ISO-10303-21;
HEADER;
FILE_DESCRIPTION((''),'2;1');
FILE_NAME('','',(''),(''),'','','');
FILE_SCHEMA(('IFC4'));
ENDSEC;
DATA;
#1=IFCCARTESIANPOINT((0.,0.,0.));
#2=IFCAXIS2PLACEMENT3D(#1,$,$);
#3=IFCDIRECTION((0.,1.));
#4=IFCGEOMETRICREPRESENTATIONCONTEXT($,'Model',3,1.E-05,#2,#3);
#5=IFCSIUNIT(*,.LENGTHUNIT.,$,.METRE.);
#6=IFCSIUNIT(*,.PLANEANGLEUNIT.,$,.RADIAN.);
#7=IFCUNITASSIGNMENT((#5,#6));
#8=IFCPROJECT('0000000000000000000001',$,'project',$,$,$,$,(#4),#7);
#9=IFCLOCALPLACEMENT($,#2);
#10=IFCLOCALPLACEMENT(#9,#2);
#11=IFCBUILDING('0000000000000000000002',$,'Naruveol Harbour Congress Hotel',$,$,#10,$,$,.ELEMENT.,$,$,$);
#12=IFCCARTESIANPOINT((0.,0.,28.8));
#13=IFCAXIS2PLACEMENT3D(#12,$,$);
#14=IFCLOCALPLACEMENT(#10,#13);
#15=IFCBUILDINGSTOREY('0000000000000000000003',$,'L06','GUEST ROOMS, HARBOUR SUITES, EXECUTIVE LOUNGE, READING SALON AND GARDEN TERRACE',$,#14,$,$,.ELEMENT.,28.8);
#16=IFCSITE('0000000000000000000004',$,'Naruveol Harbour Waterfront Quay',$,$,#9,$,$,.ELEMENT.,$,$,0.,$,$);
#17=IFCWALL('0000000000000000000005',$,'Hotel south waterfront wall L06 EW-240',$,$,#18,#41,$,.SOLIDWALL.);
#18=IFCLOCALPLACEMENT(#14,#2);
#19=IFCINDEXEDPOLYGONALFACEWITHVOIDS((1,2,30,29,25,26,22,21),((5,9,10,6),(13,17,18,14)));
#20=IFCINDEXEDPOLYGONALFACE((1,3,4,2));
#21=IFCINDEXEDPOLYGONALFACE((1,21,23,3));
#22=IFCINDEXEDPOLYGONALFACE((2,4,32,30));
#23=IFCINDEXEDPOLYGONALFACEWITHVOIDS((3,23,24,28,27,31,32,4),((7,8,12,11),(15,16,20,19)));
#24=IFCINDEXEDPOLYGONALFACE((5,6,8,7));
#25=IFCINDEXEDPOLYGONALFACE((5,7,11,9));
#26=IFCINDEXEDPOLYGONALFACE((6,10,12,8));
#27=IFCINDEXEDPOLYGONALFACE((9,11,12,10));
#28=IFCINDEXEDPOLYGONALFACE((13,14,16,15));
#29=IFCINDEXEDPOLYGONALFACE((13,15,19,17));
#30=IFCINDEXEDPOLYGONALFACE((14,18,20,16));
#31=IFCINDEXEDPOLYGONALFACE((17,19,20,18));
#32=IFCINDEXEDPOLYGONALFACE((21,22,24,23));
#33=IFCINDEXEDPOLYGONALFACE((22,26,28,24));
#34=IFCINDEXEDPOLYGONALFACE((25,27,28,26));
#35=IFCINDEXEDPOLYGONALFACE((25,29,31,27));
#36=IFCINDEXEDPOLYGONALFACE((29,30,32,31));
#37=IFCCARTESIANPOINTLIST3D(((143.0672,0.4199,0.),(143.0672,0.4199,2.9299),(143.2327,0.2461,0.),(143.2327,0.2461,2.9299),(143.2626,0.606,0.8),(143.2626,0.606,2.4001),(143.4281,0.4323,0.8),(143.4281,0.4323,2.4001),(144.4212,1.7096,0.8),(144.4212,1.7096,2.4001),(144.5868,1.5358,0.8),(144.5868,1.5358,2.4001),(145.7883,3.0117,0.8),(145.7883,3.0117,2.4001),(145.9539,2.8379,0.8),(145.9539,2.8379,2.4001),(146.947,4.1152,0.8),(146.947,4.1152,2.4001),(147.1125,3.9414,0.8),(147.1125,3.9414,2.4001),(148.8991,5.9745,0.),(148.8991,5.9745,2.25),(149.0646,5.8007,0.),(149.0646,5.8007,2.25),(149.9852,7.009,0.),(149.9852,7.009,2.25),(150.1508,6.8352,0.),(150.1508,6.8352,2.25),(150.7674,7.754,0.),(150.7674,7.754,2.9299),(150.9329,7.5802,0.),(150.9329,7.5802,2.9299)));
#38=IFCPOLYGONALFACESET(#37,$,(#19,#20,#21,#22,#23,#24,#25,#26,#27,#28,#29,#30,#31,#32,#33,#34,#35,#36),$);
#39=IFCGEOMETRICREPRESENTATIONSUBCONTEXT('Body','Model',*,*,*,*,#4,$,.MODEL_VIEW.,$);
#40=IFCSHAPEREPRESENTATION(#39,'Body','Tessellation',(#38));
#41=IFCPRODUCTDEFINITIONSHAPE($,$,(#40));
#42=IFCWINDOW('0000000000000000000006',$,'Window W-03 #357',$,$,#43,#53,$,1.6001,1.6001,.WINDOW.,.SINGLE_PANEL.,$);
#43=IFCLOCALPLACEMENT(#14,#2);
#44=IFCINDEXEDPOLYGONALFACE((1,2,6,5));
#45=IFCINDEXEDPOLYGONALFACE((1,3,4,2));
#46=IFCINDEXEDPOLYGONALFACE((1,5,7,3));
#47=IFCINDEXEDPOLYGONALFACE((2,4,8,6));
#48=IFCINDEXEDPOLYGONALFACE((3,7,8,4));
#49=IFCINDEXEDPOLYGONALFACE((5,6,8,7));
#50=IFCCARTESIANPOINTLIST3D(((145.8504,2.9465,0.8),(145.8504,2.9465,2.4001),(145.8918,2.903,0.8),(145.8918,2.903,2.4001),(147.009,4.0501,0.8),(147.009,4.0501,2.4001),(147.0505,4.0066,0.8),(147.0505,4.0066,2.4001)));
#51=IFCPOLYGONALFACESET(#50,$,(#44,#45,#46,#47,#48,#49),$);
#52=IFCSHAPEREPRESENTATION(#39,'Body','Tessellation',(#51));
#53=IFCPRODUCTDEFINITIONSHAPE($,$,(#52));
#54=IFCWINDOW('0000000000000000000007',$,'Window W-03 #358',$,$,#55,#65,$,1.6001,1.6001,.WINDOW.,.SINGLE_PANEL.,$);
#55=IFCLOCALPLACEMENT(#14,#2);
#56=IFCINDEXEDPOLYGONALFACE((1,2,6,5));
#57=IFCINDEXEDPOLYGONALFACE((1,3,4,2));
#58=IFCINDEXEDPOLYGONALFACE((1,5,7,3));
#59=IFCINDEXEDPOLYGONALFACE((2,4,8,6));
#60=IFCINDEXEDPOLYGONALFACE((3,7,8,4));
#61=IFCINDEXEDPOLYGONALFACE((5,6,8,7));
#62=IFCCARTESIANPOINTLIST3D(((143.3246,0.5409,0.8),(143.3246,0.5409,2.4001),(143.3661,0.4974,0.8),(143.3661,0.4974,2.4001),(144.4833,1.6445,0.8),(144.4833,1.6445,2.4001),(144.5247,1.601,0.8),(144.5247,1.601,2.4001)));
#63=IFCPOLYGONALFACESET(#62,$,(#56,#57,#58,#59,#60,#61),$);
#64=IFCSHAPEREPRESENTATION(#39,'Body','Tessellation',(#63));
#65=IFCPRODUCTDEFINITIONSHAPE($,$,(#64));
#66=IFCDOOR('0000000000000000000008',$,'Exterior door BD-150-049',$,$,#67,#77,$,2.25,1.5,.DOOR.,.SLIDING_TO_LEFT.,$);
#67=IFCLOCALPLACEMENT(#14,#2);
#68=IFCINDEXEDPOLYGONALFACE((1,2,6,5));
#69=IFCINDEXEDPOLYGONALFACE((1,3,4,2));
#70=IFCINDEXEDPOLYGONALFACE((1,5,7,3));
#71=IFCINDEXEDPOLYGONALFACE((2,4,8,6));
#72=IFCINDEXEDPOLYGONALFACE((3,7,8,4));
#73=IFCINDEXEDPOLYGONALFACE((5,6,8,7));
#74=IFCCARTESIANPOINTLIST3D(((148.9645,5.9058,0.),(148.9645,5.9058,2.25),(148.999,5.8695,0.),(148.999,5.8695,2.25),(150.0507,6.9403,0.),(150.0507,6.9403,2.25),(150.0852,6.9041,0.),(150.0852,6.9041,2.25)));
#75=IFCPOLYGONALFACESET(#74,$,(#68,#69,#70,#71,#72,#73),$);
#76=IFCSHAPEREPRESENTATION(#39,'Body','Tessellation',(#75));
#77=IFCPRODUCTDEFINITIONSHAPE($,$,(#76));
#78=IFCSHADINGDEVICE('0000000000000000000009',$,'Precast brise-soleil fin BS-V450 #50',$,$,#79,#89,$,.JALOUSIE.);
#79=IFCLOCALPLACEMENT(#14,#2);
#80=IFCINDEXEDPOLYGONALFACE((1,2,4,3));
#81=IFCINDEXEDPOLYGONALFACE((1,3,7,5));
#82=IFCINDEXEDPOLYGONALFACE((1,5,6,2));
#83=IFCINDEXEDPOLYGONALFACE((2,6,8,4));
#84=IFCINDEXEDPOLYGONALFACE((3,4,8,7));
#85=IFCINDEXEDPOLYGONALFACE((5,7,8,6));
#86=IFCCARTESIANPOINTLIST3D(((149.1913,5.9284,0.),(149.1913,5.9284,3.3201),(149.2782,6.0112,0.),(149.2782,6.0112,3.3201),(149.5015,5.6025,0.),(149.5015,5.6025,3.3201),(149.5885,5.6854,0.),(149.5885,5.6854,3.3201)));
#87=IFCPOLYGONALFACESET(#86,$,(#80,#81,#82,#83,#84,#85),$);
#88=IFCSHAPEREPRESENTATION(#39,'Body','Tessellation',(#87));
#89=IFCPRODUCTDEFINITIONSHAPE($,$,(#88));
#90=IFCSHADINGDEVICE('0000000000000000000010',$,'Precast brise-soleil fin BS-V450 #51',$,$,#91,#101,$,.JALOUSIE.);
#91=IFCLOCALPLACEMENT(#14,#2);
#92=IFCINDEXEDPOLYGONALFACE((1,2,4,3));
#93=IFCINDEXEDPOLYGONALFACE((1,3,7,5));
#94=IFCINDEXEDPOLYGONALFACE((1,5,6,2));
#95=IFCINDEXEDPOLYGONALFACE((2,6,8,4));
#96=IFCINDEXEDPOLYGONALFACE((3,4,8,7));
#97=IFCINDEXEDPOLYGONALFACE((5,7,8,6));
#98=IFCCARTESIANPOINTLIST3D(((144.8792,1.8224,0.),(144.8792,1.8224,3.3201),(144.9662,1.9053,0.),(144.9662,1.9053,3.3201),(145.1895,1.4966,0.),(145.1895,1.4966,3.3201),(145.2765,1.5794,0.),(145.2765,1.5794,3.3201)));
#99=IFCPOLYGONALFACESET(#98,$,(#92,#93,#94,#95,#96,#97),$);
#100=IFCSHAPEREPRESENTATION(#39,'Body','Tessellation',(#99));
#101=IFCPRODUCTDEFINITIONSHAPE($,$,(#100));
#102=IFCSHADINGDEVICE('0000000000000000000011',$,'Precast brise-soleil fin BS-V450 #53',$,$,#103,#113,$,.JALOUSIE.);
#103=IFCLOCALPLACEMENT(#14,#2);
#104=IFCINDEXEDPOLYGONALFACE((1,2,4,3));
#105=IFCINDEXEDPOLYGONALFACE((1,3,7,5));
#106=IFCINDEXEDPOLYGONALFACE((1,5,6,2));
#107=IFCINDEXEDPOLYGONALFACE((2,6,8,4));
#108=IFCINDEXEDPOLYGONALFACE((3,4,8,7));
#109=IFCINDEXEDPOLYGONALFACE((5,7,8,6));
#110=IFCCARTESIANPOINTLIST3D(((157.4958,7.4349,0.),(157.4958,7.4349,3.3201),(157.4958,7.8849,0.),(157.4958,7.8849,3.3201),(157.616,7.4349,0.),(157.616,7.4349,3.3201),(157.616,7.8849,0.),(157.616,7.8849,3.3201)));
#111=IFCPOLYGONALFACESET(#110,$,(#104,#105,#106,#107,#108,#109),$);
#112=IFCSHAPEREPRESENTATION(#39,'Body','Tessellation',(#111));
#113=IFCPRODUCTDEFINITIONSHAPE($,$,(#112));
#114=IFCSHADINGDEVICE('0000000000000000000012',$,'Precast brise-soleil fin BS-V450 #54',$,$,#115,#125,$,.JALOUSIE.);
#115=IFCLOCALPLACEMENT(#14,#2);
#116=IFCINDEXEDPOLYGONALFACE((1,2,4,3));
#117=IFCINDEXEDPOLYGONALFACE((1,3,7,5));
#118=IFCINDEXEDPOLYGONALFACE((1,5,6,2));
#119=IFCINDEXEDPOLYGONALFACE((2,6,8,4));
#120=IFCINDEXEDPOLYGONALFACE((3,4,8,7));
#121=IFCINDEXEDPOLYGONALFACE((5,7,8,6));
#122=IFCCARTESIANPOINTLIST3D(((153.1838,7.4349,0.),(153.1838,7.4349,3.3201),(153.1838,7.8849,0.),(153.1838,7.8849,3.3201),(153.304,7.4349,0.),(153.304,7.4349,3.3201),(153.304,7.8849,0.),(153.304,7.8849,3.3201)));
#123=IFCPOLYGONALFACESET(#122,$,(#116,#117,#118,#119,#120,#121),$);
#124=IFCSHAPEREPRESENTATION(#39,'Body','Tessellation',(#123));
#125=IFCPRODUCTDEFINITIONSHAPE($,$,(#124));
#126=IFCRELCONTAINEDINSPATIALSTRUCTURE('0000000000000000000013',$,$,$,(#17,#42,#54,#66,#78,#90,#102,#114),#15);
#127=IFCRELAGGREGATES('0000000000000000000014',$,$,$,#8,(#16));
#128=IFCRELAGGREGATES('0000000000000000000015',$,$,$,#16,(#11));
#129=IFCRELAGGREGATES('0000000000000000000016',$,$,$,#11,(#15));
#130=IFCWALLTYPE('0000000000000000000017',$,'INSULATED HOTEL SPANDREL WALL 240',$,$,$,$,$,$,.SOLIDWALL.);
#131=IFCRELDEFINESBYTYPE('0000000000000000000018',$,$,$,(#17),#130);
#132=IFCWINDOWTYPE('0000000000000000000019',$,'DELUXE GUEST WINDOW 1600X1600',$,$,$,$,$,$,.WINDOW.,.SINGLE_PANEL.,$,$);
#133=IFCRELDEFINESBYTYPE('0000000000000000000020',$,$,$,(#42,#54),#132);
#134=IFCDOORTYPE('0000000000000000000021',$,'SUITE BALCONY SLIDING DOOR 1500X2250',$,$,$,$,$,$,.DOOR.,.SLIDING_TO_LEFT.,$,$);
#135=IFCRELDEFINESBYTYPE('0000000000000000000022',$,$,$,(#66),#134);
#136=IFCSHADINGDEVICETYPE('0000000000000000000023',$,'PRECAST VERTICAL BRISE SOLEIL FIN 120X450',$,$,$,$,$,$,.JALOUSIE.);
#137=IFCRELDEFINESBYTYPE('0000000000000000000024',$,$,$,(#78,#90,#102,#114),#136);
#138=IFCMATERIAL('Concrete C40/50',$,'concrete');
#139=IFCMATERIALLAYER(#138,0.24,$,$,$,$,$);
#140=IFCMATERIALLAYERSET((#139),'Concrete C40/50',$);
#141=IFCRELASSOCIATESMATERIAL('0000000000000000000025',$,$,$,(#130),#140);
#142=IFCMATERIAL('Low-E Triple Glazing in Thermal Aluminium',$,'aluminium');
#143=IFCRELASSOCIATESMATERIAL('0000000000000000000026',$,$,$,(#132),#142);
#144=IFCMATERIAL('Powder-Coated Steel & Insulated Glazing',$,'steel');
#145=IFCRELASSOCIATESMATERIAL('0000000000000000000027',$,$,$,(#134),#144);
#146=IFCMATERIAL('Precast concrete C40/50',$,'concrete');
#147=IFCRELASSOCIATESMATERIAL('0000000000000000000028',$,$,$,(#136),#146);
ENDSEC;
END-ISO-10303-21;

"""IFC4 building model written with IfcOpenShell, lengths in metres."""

from ifc_helpers import new_model, si_unit, direction, frame, frame_2d, origin, origin_2d, place, context, subcontext, project, spatial, rectangle, extrude, material, layer, layer_set, type_object, element, fill, save


model = new_model("IFC4")

# Units and contexts
model_context = context("Model", 3, precision=1e-05, world=origin(), true_north=direction((0.0, 1.0)))
body_context = subcontext(model_context, "Body", "Model", "MODEL_VIEW")
ifc_project = project(units=[si_unit("LENGTHUNIT", "METRE"), si_unit("PLANEANGLEUNIT", "RADIAN")], contexts=[model_context])

# Site, building, storey
site_placement = place(None, origin())
site = spatial("IfcSite", under=ifc_project, at=site_placement, Name="Naruveol Harbour Waterfront Quay", CompositionType="ELEMENT", RefElevation=0.0)
building_placement = place(site_placement, origin())
building = spatial("IfcBuilding", under=site, at=building_placement, Name="Naruveol Harbour Congress Hotel", CompositionType="ELEMENT")
storey_placement = place(building_placement, frame((0.0, 0.0, 28.8)))
storey = spatial("IfcBuildingStorey", under=building, at=storey_placement, Name="L06", Description="GUEST ROOMS, HARBOUR SUITES, EXECUTIVE LOUNGE, READING SALON AND GARDEN TERRACE", CompositionType="ELEMENT", Elevation=28.8)

# Wall, openings, windows, door
ifc_material_1 = material(Name="Concrete C40/50", Category="concrete")
ifc_layer_1 = layer(ifc_material_1, 0.24)
ifc_layer_set_1 = layer_set([ifc_layer_1], Name="Concrete C40/50")
wall_type_1 = type_object("IfcWallType", Name="INSULATED HOTEL SPANDREL WALL 240", PredefinedType="SOLIDWALL", material=ifc_layer_set_1)
wall_1_placement = place(storey_placement, frame((150.8501, 7.667, 0.0), z_axis=(0.0, 0.0, 1.0), x_axis=(-0.724116, -0.689678, 0.0)))
wall_1 = element("IfcWall", 1, at=wall_1_placement, inside=storey, type_object=wall_type_1, Name="Hotel south waterfront wall L06 EW-240", PredefinedType="SOLIDWALL", context=body_context, shape_type="SweptSolid", body=[
    extrude(rectangle(XDim=10.634, YDim=0.24, at=frame_2d((5.3169, 0.0))), origin(), (0.0, 0.0, 1.0), 2.9299),
])
opening_1_placement = place(wall_1_placement, frame((1.0801, 0.0, 0.0)))
opening_1 = element("IfcOpeningElement", 2, at=opening_1_placement, cuts=wall_1, PredefinedType="OPENING", context=body_context, shape_type="SweptSolid", body=[
    extrude(rectangle(XDim=1.5, YDim=2.25, at=frame_2d((0.75, 1.125))), frame((0.0, 0.1299, 0.0), z_axis=(0.0, -1.0, 0.0), x_axis=(1.0, 0.0, 0.0)), (0.0, 0.0, 1.0), 0.26),
])
opening_2_placement = place(wall_1_placement, frame((5.2759, 0.0, 0.8)))
opening_2 = element("IfcOpeningElement", 3, at=opening_2_placement, cuts=wall_1, PredefinedType="OPENING", context=body_context, shape_type="SweptSolid", body=[
    extrude(rectangle(XDim=1.6001, YDim=1.6001, at=frame_2d((0.8, 0.8))), frame((0.0, 0.1299, 0.0), z_axis=(0.0, -1.0, 0.0), x_axis=(1.0, 0.0, 0.0)), (0.0, 0.0, 1.0), 0.26),
])
opening_3_placement = place(wall_1_placement, frame((8.7639, 0.0, 0.8)))
opening_3 = element("IfcOpeningElement", 4, at=opening_3_placement, cuts=wall_1, PredefinedType="OPENING", context=body_context, shape_type="SweptSolid", body=[
    extrude(rectangle(XDim=1.6001, YDim=1.6001, at=frame_2d((0.8, 0.8))), frame((0.0, 0.1299, 0.0), z_axis=(0.0, -1.0, 0.0), x_axis=(1.0, 0.0, 0.0)), (0.0, 0.0, 1.0), 0.26),
])
ifc_material_2 = material(Name="Low-E Triple Glazing in Thermal Aluminium", Category="aluminium")
window_type = type_object("IfcWindowType", Name="DELUXE GUEST WINDOW 1600X1600", PartitioningType="SINGLE_PANEL", PredefinedType="WINDOW", material=ifc_material_2)
window_1_placement = place(opening_2_placement, origin())
window_1 = element("IfcWindow", 5, at=window_1_placement, inside=storey, type_object=window_type, Name="Window W-03 #357", OverallHeight=1.6001, OverallWidth=1.6001, PartitioningType="SINGLE_PANEL", PredefinedType="WINDOW", context=body_context, shape_type="SweptSolid", body=[
    extrude(rectangle(XDim=1.6001, YDim=1.6001, at=frame_2d((0.8, 0.8))), frame((0.0, 0.03, 0.0), z_axis=(0.0, -1.0, 0.0), x_axis=(1.0, 0.0, 0.0)), (0.0, 0.0, 1.0), 0.0601),
])
fill(opening_2, window_1)
window_2_placement = place(opening_3_placement, origin())
window_2 = element("IfcWindow", 6, at=window_2_placement, inside=storey, type_object=window_type, Name="Window W-03 #358", OverallHeight=1.6001, OverallWidth=1.6001, PartitioningType="SINGLE_PANEL", PredefinedType="WINDOW", context=body_context, shape_type="SweptSolid", body=[
    extrude(rectangle(XDim=1.6001, YDim=1.6001, at=frame_2d((0.8, 0.8))), frame((0.0, 0.03, 0.0), z_axis=(0.0, -1.0, 0.0), x_axis=(1.0, 0.0, 0.0)), (0.0, 0.0, 1.0), 0.0601),
])
fill(opening_3, window_2)
ifc_material_3 = material(Name="Powder-Coated Steel & Insulated Glazing", Category="steel")
door_type = type_object("IfcDoorType", Name="SUITE BALCONY SLIDING DOOR 1500X2250", OperationType="SLIDING_TO_LEFT", PredefinedType="DOOR", material=ifc_material_3)
door_placement = place(opening_1_placement, origin())
door = element("IfcDoor", 7, at=door_placement, inside=storey, type_object=door_type, Name="Exterior door BD-150-049", OperationType="SLIDING_TO_LEFT", OverallHeight=2.25, OverallWidth=1.5, PredefinedType="DOOR", context=body_context, shape_type="SweptSolid", body=[
    extrude(rectangle(XDim=1.5, YDim=2.25, at=frame_2d((0.75, 1.125))), frame((0.0, 0.0249, 0.0), z_axis=(0.0, -1.0, 0.0), x_axis=(1.0, 0.0, 0.0)), (0.0, 0.0, 1.0), 0.05),
])
fill(opening_1, door)

# Shading devices
ifc_material_4 = material(Name="Precast concrete C40/50", Category="concrete")
shading_device_type = type_object("IfcShadingDeviceType", Name="PRECAST VERTICAL BRISE SOLEIL FIN 120X450", PredefinedType="JALOUSIE", material=ifc_material_4)
for number, where, z_axis, x_axis, name in (
    (8, (149.3899, 5.8069, 0.0), (0.0, 0.0, 1.0), (-0.724172, -0.68962, 0.0), "Precast brise-soleil fin BS-V450 #50"),
    (9, (145.0779, 1.7009, 0.0), (0.0, 0.0, 1.0), (-0.724172, -0.68962, 0.0), "Precast brise-soleil fin BS-V450 #51"),
    (10, (157.5559, 7.6599, 0.0), (0.0, 0.0, 1.0), (-1.0, 0.0, 0.0), "Precast brise-soleil fin BS-V450 #53"),
    (11, (153.2439, 7.6599, 0.0), (0.0, 0.0, 1.0), (-1.0, 0.0, 0.0), "Precast brise-soleil fin BS-V450 #54"),
):
    element("IfcShadingDevice", number, at=place(storey_placement, frame(where, z_axis=z_axis, x_axis=x_axis)), inside=storey, type_object=shading_device_type, Name=name, PredefinedType="JALOUSIE", context=body_context, shape_type="SweptSolid", body=[
        extrude(rectangle(XDim=0.1201, YDim=0.45, at=origin_2d()), origin(), (0.0, 0.0, 1.0), 3.3201),
    ])

save(model, "model.ifc")
